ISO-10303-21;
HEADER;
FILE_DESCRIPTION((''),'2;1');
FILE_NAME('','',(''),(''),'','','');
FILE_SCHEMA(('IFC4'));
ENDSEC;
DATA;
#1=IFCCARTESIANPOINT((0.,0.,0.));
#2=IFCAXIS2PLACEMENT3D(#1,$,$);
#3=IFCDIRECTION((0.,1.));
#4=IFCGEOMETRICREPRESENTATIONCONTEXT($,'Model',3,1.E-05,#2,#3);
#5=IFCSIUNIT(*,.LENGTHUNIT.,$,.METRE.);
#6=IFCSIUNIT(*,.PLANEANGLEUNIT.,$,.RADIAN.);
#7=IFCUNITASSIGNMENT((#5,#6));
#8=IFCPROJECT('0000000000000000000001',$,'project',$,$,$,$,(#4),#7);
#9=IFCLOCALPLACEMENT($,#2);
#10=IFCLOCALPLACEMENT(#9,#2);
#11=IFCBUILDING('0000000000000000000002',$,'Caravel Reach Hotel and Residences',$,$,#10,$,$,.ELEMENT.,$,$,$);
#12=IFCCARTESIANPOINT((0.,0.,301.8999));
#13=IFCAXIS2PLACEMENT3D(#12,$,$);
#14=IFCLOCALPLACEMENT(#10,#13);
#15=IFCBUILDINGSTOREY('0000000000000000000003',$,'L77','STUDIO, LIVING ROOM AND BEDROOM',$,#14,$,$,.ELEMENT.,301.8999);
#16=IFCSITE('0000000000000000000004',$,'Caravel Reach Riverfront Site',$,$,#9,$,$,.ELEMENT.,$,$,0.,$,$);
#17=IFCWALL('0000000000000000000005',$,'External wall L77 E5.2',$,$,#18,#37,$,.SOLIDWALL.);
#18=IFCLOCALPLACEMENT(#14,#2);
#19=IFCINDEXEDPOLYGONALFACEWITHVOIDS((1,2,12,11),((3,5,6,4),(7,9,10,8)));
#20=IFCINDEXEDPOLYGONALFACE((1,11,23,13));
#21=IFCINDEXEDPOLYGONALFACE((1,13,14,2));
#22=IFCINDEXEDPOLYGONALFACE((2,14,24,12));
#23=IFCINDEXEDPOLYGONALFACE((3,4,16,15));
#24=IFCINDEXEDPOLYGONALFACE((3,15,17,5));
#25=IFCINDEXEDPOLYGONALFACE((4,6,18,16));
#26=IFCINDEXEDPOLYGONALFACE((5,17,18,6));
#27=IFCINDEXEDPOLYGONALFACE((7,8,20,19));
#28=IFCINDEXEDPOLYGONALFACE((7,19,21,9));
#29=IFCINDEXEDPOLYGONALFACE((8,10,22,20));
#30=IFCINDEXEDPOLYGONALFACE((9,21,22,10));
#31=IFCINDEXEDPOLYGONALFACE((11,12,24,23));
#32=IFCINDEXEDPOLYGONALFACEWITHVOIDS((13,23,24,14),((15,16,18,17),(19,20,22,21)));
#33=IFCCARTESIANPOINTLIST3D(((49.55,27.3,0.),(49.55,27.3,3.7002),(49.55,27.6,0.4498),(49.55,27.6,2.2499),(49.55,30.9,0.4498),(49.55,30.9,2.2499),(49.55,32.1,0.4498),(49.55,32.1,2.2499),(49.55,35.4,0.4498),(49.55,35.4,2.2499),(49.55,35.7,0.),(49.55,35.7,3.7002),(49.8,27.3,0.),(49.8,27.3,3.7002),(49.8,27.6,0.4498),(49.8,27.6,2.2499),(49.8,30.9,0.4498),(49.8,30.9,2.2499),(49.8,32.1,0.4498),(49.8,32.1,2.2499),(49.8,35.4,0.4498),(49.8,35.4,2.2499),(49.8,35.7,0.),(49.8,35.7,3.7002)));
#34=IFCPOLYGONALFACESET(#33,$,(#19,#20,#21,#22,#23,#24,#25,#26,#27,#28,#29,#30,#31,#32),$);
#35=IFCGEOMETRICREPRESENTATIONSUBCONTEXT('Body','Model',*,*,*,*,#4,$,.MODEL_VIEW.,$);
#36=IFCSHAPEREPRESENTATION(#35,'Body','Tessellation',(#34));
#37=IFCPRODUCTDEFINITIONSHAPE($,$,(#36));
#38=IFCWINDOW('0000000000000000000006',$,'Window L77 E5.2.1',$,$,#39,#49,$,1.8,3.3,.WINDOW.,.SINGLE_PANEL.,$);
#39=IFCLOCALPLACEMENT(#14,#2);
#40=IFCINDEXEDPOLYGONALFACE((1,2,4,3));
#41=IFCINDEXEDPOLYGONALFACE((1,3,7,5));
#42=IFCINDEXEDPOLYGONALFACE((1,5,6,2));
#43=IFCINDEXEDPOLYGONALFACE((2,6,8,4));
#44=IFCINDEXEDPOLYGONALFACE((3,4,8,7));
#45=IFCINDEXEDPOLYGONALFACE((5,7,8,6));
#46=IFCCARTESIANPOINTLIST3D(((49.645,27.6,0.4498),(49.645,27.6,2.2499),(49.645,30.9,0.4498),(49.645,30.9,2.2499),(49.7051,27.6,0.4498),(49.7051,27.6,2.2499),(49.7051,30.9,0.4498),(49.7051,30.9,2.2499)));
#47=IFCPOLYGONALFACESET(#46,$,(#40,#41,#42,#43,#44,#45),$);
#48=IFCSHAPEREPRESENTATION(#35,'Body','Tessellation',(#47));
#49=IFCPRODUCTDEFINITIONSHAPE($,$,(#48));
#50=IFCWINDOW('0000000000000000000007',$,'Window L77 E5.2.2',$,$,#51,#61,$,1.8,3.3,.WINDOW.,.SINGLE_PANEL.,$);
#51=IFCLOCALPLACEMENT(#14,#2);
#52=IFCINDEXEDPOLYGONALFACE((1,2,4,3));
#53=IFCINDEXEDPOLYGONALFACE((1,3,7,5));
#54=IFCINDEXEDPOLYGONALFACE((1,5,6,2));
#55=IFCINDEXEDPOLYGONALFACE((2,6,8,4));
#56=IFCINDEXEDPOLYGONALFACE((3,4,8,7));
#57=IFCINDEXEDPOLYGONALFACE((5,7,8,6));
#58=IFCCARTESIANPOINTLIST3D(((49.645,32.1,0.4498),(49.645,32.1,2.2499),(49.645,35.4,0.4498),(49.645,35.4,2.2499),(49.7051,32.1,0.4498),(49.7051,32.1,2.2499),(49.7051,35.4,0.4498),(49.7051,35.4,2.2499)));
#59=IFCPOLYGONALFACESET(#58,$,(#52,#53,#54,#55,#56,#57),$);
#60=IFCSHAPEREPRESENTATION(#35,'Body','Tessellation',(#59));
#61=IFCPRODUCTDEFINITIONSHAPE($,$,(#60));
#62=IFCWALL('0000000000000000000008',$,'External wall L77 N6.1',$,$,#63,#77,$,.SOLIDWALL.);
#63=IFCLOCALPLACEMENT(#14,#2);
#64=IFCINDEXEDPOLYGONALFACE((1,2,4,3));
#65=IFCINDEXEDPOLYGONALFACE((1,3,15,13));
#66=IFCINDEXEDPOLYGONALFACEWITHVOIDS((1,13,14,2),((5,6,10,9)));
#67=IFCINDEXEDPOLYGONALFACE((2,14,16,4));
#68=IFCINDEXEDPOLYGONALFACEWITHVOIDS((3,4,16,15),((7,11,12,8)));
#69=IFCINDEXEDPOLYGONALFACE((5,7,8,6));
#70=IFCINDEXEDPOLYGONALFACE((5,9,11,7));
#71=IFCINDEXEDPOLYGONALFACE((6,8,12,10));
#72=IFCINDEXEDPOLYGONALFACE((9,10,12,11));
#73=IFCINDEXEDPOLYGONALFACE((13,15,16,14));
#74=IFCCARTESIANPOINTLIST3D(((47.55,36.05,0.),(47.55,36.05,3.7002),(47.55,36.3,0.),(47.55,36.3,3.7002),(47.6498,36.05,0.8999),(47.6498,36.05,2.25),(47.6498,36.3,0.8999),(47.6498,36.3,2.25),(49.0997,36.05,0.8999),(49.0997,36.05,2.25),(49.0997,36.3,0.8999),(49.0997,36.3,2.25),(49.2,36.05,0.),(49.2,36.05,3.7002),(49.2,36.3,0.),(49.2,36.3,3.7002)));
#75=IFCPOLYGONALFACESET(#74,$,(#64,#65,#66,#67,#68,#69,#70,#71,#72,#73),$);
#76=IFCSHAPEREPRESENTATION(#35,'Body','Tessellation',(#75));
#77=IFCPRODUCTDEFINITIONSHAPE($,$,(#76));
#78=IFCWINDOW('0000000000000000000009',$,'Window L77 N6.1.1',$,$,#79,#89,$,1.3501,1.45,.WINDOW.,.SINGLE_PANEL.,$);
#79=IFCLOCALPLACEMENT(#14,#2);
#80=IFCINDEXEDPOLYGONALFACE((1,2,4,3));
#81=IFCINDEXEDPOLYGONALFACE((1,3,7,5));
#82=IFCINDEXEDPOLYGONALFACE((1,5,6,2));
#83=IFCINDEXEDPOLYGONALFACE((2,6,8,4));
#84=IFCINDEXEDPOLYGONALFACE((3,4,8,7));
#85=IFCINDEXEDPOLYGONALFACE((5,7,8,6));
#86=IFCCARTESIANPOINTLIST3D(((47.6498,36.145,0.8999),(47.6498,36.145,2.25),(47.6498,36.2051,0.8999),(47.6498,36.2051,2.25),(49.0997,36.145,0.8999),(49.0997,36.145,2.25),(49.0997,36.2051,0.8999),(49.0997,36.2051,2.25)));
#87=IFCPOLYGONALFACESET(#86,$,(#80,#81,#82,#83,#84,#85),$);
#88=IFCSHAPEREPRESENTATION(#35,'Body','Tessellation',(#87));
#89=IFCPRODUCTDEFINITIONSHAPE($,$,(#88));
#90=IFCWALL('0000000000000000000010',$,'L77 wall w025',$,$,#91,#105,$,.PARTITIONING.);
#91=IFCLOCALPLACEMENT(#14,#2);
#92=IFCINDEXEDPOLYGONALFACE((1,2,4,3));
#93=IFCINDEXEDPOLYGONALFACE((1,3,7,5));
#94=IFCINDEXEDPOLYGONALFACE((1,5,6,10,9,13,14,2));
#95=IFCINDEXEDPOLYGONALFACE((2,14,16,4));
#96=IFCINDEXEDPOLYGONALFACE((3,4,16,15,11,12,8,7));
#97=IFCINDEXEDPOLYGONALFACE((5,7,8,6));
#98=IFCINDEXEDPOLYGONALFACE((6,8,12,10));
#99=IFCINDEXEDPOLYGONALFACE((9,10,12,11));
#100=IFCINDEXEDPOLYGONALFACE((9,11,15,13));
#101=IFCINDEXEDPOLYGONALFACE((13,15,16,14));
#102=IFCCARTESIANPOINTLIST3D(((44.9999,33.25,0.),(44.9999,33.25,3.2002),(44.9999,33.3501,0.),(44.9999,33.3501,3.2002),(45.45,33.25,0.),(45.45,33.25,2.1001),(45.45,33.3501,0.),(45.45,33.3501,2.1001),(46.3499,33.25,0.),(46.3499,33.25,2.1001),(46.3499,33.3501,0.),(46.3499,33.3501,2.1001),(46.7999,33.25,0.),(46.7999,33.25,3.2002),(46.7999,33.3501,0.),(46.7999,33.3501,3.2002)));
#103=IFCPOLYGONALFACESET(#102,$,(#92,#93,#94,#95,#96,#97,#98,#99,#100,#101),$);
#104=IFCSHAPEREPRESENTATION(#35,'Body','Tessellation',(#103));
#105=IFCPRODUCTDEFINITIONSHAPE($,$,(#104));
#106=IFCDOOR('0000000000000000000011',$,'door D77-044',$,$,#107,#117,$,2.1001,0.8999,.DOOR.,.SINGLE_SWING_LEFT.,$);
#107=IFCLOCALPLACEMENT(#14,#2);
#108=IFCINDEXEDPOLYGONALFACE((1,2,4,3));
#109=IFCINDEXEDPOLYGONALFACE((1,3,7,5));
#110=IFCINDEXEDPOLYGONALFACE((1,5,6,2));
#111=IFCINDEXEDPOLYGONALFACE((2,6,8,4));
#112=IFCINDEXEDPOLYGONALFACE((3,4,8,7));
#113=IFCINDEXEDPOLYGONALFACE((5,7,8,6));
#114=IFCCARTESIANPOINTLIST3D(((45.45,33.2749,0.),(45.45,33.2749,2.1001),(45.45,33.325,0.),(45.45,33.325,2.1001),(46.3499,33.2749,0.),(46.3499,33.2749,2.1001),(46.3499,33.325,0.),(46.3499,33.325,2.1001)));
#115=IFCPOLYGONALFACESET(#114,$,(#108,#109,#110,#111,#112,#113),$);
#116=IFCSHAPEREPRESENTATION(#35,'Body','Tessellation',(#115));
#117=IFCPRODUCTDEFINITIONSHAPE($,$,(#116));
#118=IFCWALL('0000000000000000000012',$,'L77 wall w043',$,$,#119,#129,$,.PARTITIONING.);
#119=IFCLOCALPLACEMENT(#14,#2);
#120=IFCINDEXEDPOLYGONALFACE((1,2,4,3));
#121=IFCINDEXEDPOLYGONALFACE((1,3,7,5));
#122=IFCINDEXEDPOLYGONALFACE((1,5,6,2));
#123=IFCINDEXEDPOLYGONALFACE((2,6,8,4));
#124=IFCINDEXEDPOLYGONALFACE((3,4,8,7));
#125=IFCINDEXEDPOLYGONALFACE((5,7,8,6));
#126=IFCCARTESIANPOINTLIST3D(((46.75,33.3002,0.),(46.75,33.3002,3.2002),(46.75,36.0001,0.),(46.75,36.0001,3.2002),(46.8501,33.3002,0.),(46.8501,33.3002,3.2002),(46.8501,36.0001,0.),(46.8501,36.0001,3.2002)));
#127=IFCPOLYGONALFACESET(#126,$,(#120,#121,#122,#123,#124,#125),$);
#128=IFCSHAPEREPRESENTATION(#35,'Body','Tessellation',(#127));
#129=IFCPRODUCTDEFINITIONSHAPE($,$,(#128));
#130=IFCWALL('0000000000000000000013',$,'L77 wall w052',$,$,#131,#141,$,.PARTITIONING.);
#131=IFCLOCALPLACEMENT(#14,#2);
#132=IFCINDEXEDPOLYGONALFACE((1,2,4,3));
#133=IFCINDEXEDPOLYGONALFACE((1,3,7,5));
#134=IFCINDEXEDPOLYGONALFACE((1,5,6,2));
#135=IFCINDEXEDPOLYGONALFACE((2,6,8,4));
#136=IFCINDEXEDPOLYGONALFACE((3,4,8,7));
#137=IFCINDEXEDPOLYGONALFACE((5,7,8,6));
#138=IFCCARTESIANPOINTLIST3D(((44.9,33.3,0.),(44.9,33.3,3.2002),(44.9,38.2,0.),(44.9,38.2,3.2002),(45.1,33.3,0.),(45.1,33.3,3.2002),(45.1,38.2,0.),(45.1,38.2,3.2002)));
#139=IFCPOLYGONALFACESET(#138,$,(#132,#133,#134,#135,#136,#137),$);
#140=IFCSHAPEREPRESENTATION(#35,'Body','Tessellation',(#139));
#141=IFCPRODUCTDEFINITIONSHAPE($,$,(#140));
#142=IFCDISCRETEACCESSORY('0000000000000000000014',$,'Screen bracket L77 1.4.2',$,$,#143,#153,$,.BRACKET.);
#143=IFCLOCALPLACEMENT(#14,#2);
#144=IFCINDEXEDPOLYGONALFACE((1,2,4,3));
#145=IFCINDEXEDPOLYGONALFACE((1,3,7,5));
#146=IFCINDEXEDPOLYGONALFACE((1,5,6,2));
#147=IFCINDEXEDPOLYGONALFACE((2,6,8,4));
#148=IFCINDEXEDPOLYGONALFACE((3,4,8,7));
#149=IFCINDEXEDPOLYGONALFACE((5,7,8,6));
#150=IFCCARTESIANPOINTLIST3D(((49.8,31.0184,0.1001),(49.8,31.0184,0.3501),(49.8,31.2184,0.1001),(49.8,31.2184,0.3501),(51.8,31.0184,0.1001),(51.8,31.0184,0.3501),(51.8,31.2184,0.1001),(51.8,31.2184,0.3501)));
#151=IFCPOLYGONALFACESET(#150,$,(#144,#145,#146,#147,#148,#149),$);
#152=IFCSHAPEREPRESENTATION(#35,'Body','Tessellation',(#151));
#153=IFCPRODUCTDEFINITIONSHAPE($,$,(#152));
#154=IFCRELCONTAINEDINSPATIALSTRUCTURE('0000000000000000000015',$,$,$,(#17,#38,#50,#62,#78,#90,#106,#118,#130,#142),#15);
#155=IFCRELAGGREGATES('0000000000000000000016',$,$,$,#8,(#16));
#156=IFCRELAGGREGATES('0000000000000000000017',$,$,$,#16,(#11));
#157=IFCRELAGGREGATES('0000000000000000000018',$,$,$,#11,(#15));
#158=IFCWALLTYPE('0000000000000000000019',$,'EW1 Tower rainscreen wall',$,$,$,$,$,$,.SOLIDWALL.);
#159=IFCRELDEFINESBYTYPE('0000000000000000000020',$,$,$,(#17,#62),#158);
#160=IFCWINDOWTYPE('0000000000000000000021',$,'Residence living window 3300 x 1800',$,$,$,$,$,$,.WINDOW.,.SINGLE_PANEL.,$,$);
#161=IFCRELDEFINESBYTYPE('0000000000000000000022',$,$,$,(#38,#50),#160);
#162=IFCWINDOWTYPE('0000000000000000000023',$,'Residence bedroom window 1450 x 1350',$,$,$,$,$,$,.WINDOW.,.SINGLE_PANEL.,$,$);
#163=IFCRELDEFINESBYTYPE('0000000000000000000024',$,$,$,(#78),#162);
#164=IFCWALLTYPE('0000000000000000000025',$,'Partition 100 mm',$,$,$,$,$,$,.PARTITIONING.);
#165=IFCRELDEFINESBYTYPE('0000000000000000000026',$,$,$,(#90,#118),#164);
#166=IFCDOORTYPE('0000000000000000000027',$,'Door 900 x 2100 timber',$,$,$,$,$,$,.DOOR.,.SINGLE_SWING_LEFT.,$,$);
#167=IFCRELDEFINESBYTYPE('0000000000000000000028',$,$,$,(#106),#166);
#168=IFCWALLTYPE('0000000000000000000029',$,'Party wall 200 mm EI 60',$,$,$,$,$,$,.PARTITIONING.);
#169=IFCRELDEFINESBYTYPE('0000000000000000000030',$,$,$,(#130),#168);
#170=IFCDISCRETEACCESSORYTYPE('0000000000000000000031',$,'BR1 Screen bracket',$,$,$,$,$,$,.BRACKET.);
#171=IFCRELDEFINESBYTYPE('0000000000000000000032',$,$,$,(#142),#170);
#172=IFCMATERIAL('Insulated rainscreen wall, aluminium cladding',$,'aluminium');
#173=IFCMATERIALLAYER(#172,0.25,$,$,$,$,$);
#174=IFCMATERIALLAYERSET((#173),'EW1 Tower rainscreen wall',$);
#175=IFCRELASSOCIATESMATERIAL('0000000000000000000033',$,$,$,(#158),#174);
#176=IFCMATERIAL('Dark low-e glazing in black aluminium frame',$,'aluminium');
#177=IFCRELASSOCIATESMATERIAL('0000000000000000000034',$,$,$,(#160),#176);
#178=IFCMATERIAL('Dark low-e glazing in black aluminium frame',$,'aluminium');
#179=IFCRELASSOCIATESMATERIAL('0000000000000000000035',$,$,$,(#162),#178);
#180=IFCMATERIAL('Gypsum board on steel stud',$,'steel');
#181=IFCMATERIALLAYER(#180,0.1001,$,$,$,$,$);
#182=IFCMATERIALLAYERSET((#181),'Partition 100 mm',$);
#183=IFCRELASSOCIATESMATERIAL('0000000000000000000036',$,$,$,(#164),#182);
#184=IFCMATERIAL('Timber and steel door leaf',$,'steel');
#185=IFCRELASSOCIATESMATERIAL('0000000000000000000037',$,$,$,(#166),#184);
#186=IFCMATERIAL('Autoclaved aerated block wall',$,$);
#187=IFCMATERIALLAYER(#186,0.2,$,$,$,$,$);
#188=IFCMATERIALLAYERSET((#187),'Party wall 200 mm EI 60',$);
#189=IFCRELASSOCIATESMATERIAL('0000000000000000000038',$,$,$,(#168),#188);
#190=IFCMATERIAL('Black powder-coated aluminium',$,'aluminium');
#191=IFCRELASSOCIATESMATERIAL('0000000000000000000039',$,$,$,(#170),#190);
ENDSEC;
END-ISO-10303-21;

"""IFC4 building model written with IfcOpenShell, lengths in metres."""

from ifc_helpers import new_model, si_unit, direction, frame, frame_2d, origin, origin_2d, place, context, subcontext, project, spatial, rectangle, extrude, material, layer, layer_set, type_object, element, fill, save


model = new_model("IFC4")

# Units and contexts
model_context = context("Model", 3, precision=1e-05, world=origin(), true_north=direction((0.0, 1.0)))
body_context = subcontext(model_context, "Body", "Model", "MODEL_VIEW")
ifc_project = project(units=[si_unit("LENGTHUNIT", "METRE"), si_unit("PLANEANGLEUNIT", "RADIAN")], contexts=[model_context])

# Site, building, storey
site_placement = place(None, origin())
site = spatial("IfcSite", under=ifc_project, at=site_placement, Name="Caravel Reach Riverfront Site", CompositionType="ELEMENT", RefElevation=0.0)
building_placement = place(site_placement, origin())
building = spatial("IfcBuilding", under=site, at=building_placement, Name="Caravel Reach Hotel and Residences", CompositionType="ELEMENT")
storey_placement = place(building_placement, frame((0.0, 0.0, 301.8999)))
storey = spatial("IfcBuildingStorey", under=building, at=storey_placement, Name="L77", Description="STUDIO, LIVING ROOM AND BEDROOM", CompositionType="ELEMENT", Elevation=301.8999)

# Wall, openings, windows
ifc_material_1 = material(Name="Insulated rainscreen wall, aluminium cladding", Category="aluminium")
ifc_layer_1 = layer(ifc_material_1, 0.25)
ifc_layer_set_1 = layer_set([ifc_layer_1], Name="EW1 Tower rainscreen wall")
wall_type_1 = type_object("IfcWallType", Name="EW1 Tower rainscreen wall", PredefinedType="SOLIDWALL", material=ifc_layer_set_1)
wall_1_placement = place(storey_placement, frame((49.675, 27.3, 0.0), z_axis=(0.0, 0.0, 1.0), x_axis=(0.0, 1.0, 0.0)))
wall_1 = element("IfcWall", 1, at=wall_1_placement, inside=storey, type_object=wall_type_1, Name="External wall L77 E5.2", PredefinedType="SOLIDWALL", context=body_context, shape_type="SweptSolid", body=[
    extrude(rectangle(XDim=8.3999, YDim=0.25, at=frame_2d((4.2, 0.0))), origin(), (0.0, 0.0, 1.0), 3.7002),
])
opening_1_placement = place(wall_1_placement, frame((0.3, 0.0, 0.45)))
opening_1 = element("IfcOpeningElement", 2, at=opening_1_placement, cuts=wall_1, PredefinedType="OPENING", context=body_context, shape_type="SweptSolid", body=[
    extrude(rectangle(XDim=3.3, YDim=1.8, at=frame_2d((1.6499, 0.8999))), frame((0.0, 0.135, 0.0), z_axis=(0.0, -1.0, 0.0), x_axis=(1.0, 0.0, 0.0)), (0.0, 0.0, 1.0), 0.27),
])
opening_2_placement = place(wall_1_placement, frame((4.8, 0.0, 0.45)))
opening_2 = element("IfcOpeningElement", 3, at=opening_2_placement, cuts=wall_1, PredefinedType="OPENING", context=body_context, shape_type="SweptSolid", body=[
    extrude(rectangle(XDim=3.3, YDim=1.8, at=frame_2d((1.6499, 0.8999))), frame((0.0, 0.135, 0.0), z_axis=(0.0, -1.0, 0.0), x_axis=(1.0, 0.0, 0.0)), (0.0, 0.0, 1.0), 0.27),
])
ifc_material_2 = material(Name="Dark low-e glazing in black aluminium frame", Category="aluminium")
window_type_1 = type_object("IfcWindowType", Name="Residence living window 3300 x 1800", PartitioningType="SINGLE_PANEL", PredefinedType="WINDOW", material=ifc_material_2)
window_1_placement = place(opening_1_placement, origin())
window_1 = element("IfcWindow", 4, at=window_1_placement, inside=storey, type_object=window_type_1, Name="Window L77 E5.2.1", OverallHeight=1.8, OverallWidth=3.3, PartitioningType="SINGLE_PANEL", PredefinedType="WINDOW", context=body_context, shape_type="SweptSolid", body=[
    extrude(rectangle(XDim=3.3, YDim=1.8, at=frame_2d((1.6499, 0.8999))), frame((0.0, 0.03, 0.0), z_axis=(0.0, -1.0, 0.0), x_axis=(1.0, 0.0, 0.0)), (0.0, 0.0, 1.0), 0.0601),
])
fill(opening_1, window_1)
window_2_placement = place(opening_2_placement, origin())
window_2 = element("IfcWindow", 5, at=window_2_placement, inside=storey, type_object=window_type_1, Name="Window L77 E5.2.2", OverallHeight=1.8, OverallWidth=3.3, PartitioningType="SINGLE_PANEL", PredefinedType="WINDOW", context=body_context, shape_type="SweptSolid", body=[
    extrude(rectangle(XDim=3.3, YDim=1.8, at=frame_2d((1.6499, 0.8999))), frame((0.0, 0.03, 0.0), z_axis=(0.0, -1.0, 0.0), x_axis=(1.0, 0.0, 0.0)), (0.0, 0.0, 1.0), 0.0601),
])
fill(opening_2, window_2)

# Wall, opening, window
wall_2_placement = place(storey_placement, frame((49.2, 36.175, 0.0), z_axis=(0.0, 0.0, 1.0), x_axis=(-1.0, 0.0, 0.0)))
wall_2 = element("IfcWall", 6, at=wall_2_placement, inside=storey, type_object=wall_type_1, Name="External wall L77 N6.1", PredefinedType="SOLIDWALL", context=body_context, shape_type="SweptSolid", body=[
    extrude(rectangle(XDim=1.6499, YDim=0.25, at=frame_2d((0.825, 0.0))), origin(), (0.0, 0.0, 1.0), 3.7002),
])
opening_3_placement = place(wall_2_placement, frame((0.1001, 0.0, 0.8999)))
opening_3 = element("IfcOpeningElement", 7, at=opening_3_placement, cuts=wall_2, PredefinedType="OPENING", context=body_context, shape_type="SweptSolid", body=[
    extrude(rectangle(XDim=1.45, YDim=1.3501, at=frame_2d((0.7251, 0.675))), frame((0.0, 0.135, 0.0), z_axis=(0.0, -1.0, 0.0), x_axis=(1.0, 0.0, 0.0)), (0.0, 0.0, 1.0), 0.27),
])
ifc_material_3 = material(Name="Dark low-e glazing in black aluminium frame", Category="aluminium")
window_type_2 = type_object("IfcWindowType", Name="Residence bedroom window 1450 x 1350", PartitioningType="SINGLE_PANEL", PredefinedType="WINDOW", material=ifc_material_3)
window_3_placement = place(opening_3_placement, origin())
window_3 = element("IfcWindow", 8, at=window_3_placement, inside=storey, type_object=window_type_2, Name="Window L77 N6.1.1", OverallHeight=1.3501, OverallWidth=1.45, PartitioningType="SINGLE_PANEL", PredefinedType="WINDOW", context=body_context, shape_type="SweptSolid", body=[
    extrude(rectangle(XDim=1.45, YDim=1.3501, at=frame_2d((0.7251, 0.675))), frame((0.0, 0.03, 0.0), z_axis=(0.0, -1.0, 0.0), x_axis=(1.0, 0.0, 0.0)), (0.0, 0.0, 1.0), 0.0601),
])
fill(opening_3, window_3)

# Wall, opening, door
ifc_material_4 = material(Name="Gypsum board on steel stud", Category="steel")
ifc_layer_2 = layer(ifc_material_4, 0.1001)
ifc_layer_set_2 = layer_set([ifc_layer_2], Name="Partition 100 mm")
wall_type_2 = type_object("IfcWallType", Name="Partition 100 mm", PredefinedType="PARTITIONING", material=ifc_layer_set_2)
wall_3_placement = place(storey_placement, frame((45.0, 33.3, 0.0), z_axis=(0.0, 0.0, 1.0), x_axis=(1.0, 0.0, 0.0)))
wall_3 = element("IfcWall", 9, at=wall_3_placement, inside=storey, type_object=wall_type_2, Name="L77 wall w025", PredefinedType="PARTITIONING", context=body_context, shape_type="SweptSolid", body=[
    extrude(rectangle(XDim=1.8, YDim=0.1001, at=frame_2d((0.8999, 0.0))), origin(), (0.0, 0.0, 1.0), 3.2002),
])
opening_4_placement = place(wall_3_placement, frame((0.45, 0.0, 0.0)))
opening_4 = element("IfcOpeningElement", 10, at=opening_4_placement, cuts=wall_3, PredefinedType="OPENING", context=body_context, shape_type="SweptSolid", body=[
    extrude(rectangle(XDim=0.8999, YDim=2.1001, at=frame_2d((0.45, 1.05))), frame((0.0, 0.0601, 0.0), z_axis=(0.0, -1.0, 0.0), x_axis=(1.0, 0.0, 0.0)), (0.0, 0.0, 1.0), 0.1201),
])
ifc_material_5 = material(Name="Timber and steel door leaf", Category="steel")
door_type_1 = type_object("IfcDoorType", Name="Door 900 x 2100 timber", OperationType="SINGLE_SWING_LEFT", PredefinedType="DOOR", material=ifc_material_5)
door_1_placement = place(opening_4_placement, origin())
door_1 = element("IfcDoor", 11, at=door_1_placement, inside=storey, type_object=door_type_1, Name="door D77-044", OperationType="SINGLE_SWING_LEFT", OverallHeight=2.1001, OverallWidth=0.8999, PredefinedType="DOOR", context=body_context, shape_type="SweptSolid", body=[
    extrude(rectangle(XDim=0.8999, YDim=2.1001, at=frame_2d((0.45, 1.05))), frame((0.0, 0.0249, 0.0), z_axis=(0.0, -1.0, 0.0), x_axis=(1.0, 0.0, 0.0)), (0.0, 0.0, 1.0), 0.05),
])
fill(opening_4, door_1)

# Walls
wall_4_placement = place(storey_placement, frame((46.8, 33.3, 0.0), z_axis=(0.0, 0.0, 1.0), x_axis=(0.0, 1.0, 0.0)))
element("IfcWall", 12, at=wall_4_placement, inside=storey, type_object=wall_type_2, Name="L77 wall w043", PredefinedType="PARTITIONING", context=body_context, shape_type="SweptSolid", body=[
    extrude(rectangle(XDim=2.7, YDim=0.1001, at=frame_2d((1.3501, 0.0))), origin(), (0.0, 0.0, 1.0), 3.2002),
])
ifc_material_6 = material(Name="Autoclaved aerated block wall")
ifc_layer_3 = layer(ifc_material_6, 0.2)
ifc_layer_set_3 = layer_set([ifc_layer_3], Name="Party wall 200 mm EI 60")
wall_type_3 = type_object("IfcWallType", Name="Party wall 200 mm EI 60", PredefinedType="PARTITIONING", material=ifc_layer_set_3)
wall_5_placement = place(storey_placement, frame((45.0, 33.3, 0.0), z_axis=(0.0, 0.0, 1.0), x_axis=(0.0, 1.0, 0.0)))
element("IfcWall", 13, at=wall_5_placement, inside=storey, type_object=wall_type_3, Name="L77 wall w052", PredefinedType="PARTITIONING", context=body_context, shape_type="SweptSolid", body=[
    extrude(rectangle(XDim=4.8999, YDim=0.2, at=frame_2d((2.45, 0.0))), origin(), (0.0, 0.0, 1.0), 3.2002),
])

# Discrete accessory
ifc_material_7 = material(Name="Black powder-coated aluminium", Category="aluminium")
discrete_accessory_type = type_object("IfcDiscreteAccessoryType", Name="BR1 Screen bracket", PredefinedType="BRACKET", material=ifc_material_7)
discrete_accessory_placement = place(storey_placement, frame((50.8, 31.1184, 0.1001), z_axis=(0.0, 0.0, 1.0), x_axis=(1.0, 0.0, 0.0)))
element("IfcDiscreteAccessory", 14, at=discrete_accessory_placement, inside=storey, type_object=discrete_accessory_type, Name="Screen bracket L77 1.4.2", PredefinedType="BRACKET", context=body_context, shape_type="SweptSolid", body=[
    extrude(rectangle(XDim=2.0, YDim=0.2, at=origin_2d()), origin(), (0.0, 0.0, 1.0), 0.25),
])

save(model, "model.ifc")
